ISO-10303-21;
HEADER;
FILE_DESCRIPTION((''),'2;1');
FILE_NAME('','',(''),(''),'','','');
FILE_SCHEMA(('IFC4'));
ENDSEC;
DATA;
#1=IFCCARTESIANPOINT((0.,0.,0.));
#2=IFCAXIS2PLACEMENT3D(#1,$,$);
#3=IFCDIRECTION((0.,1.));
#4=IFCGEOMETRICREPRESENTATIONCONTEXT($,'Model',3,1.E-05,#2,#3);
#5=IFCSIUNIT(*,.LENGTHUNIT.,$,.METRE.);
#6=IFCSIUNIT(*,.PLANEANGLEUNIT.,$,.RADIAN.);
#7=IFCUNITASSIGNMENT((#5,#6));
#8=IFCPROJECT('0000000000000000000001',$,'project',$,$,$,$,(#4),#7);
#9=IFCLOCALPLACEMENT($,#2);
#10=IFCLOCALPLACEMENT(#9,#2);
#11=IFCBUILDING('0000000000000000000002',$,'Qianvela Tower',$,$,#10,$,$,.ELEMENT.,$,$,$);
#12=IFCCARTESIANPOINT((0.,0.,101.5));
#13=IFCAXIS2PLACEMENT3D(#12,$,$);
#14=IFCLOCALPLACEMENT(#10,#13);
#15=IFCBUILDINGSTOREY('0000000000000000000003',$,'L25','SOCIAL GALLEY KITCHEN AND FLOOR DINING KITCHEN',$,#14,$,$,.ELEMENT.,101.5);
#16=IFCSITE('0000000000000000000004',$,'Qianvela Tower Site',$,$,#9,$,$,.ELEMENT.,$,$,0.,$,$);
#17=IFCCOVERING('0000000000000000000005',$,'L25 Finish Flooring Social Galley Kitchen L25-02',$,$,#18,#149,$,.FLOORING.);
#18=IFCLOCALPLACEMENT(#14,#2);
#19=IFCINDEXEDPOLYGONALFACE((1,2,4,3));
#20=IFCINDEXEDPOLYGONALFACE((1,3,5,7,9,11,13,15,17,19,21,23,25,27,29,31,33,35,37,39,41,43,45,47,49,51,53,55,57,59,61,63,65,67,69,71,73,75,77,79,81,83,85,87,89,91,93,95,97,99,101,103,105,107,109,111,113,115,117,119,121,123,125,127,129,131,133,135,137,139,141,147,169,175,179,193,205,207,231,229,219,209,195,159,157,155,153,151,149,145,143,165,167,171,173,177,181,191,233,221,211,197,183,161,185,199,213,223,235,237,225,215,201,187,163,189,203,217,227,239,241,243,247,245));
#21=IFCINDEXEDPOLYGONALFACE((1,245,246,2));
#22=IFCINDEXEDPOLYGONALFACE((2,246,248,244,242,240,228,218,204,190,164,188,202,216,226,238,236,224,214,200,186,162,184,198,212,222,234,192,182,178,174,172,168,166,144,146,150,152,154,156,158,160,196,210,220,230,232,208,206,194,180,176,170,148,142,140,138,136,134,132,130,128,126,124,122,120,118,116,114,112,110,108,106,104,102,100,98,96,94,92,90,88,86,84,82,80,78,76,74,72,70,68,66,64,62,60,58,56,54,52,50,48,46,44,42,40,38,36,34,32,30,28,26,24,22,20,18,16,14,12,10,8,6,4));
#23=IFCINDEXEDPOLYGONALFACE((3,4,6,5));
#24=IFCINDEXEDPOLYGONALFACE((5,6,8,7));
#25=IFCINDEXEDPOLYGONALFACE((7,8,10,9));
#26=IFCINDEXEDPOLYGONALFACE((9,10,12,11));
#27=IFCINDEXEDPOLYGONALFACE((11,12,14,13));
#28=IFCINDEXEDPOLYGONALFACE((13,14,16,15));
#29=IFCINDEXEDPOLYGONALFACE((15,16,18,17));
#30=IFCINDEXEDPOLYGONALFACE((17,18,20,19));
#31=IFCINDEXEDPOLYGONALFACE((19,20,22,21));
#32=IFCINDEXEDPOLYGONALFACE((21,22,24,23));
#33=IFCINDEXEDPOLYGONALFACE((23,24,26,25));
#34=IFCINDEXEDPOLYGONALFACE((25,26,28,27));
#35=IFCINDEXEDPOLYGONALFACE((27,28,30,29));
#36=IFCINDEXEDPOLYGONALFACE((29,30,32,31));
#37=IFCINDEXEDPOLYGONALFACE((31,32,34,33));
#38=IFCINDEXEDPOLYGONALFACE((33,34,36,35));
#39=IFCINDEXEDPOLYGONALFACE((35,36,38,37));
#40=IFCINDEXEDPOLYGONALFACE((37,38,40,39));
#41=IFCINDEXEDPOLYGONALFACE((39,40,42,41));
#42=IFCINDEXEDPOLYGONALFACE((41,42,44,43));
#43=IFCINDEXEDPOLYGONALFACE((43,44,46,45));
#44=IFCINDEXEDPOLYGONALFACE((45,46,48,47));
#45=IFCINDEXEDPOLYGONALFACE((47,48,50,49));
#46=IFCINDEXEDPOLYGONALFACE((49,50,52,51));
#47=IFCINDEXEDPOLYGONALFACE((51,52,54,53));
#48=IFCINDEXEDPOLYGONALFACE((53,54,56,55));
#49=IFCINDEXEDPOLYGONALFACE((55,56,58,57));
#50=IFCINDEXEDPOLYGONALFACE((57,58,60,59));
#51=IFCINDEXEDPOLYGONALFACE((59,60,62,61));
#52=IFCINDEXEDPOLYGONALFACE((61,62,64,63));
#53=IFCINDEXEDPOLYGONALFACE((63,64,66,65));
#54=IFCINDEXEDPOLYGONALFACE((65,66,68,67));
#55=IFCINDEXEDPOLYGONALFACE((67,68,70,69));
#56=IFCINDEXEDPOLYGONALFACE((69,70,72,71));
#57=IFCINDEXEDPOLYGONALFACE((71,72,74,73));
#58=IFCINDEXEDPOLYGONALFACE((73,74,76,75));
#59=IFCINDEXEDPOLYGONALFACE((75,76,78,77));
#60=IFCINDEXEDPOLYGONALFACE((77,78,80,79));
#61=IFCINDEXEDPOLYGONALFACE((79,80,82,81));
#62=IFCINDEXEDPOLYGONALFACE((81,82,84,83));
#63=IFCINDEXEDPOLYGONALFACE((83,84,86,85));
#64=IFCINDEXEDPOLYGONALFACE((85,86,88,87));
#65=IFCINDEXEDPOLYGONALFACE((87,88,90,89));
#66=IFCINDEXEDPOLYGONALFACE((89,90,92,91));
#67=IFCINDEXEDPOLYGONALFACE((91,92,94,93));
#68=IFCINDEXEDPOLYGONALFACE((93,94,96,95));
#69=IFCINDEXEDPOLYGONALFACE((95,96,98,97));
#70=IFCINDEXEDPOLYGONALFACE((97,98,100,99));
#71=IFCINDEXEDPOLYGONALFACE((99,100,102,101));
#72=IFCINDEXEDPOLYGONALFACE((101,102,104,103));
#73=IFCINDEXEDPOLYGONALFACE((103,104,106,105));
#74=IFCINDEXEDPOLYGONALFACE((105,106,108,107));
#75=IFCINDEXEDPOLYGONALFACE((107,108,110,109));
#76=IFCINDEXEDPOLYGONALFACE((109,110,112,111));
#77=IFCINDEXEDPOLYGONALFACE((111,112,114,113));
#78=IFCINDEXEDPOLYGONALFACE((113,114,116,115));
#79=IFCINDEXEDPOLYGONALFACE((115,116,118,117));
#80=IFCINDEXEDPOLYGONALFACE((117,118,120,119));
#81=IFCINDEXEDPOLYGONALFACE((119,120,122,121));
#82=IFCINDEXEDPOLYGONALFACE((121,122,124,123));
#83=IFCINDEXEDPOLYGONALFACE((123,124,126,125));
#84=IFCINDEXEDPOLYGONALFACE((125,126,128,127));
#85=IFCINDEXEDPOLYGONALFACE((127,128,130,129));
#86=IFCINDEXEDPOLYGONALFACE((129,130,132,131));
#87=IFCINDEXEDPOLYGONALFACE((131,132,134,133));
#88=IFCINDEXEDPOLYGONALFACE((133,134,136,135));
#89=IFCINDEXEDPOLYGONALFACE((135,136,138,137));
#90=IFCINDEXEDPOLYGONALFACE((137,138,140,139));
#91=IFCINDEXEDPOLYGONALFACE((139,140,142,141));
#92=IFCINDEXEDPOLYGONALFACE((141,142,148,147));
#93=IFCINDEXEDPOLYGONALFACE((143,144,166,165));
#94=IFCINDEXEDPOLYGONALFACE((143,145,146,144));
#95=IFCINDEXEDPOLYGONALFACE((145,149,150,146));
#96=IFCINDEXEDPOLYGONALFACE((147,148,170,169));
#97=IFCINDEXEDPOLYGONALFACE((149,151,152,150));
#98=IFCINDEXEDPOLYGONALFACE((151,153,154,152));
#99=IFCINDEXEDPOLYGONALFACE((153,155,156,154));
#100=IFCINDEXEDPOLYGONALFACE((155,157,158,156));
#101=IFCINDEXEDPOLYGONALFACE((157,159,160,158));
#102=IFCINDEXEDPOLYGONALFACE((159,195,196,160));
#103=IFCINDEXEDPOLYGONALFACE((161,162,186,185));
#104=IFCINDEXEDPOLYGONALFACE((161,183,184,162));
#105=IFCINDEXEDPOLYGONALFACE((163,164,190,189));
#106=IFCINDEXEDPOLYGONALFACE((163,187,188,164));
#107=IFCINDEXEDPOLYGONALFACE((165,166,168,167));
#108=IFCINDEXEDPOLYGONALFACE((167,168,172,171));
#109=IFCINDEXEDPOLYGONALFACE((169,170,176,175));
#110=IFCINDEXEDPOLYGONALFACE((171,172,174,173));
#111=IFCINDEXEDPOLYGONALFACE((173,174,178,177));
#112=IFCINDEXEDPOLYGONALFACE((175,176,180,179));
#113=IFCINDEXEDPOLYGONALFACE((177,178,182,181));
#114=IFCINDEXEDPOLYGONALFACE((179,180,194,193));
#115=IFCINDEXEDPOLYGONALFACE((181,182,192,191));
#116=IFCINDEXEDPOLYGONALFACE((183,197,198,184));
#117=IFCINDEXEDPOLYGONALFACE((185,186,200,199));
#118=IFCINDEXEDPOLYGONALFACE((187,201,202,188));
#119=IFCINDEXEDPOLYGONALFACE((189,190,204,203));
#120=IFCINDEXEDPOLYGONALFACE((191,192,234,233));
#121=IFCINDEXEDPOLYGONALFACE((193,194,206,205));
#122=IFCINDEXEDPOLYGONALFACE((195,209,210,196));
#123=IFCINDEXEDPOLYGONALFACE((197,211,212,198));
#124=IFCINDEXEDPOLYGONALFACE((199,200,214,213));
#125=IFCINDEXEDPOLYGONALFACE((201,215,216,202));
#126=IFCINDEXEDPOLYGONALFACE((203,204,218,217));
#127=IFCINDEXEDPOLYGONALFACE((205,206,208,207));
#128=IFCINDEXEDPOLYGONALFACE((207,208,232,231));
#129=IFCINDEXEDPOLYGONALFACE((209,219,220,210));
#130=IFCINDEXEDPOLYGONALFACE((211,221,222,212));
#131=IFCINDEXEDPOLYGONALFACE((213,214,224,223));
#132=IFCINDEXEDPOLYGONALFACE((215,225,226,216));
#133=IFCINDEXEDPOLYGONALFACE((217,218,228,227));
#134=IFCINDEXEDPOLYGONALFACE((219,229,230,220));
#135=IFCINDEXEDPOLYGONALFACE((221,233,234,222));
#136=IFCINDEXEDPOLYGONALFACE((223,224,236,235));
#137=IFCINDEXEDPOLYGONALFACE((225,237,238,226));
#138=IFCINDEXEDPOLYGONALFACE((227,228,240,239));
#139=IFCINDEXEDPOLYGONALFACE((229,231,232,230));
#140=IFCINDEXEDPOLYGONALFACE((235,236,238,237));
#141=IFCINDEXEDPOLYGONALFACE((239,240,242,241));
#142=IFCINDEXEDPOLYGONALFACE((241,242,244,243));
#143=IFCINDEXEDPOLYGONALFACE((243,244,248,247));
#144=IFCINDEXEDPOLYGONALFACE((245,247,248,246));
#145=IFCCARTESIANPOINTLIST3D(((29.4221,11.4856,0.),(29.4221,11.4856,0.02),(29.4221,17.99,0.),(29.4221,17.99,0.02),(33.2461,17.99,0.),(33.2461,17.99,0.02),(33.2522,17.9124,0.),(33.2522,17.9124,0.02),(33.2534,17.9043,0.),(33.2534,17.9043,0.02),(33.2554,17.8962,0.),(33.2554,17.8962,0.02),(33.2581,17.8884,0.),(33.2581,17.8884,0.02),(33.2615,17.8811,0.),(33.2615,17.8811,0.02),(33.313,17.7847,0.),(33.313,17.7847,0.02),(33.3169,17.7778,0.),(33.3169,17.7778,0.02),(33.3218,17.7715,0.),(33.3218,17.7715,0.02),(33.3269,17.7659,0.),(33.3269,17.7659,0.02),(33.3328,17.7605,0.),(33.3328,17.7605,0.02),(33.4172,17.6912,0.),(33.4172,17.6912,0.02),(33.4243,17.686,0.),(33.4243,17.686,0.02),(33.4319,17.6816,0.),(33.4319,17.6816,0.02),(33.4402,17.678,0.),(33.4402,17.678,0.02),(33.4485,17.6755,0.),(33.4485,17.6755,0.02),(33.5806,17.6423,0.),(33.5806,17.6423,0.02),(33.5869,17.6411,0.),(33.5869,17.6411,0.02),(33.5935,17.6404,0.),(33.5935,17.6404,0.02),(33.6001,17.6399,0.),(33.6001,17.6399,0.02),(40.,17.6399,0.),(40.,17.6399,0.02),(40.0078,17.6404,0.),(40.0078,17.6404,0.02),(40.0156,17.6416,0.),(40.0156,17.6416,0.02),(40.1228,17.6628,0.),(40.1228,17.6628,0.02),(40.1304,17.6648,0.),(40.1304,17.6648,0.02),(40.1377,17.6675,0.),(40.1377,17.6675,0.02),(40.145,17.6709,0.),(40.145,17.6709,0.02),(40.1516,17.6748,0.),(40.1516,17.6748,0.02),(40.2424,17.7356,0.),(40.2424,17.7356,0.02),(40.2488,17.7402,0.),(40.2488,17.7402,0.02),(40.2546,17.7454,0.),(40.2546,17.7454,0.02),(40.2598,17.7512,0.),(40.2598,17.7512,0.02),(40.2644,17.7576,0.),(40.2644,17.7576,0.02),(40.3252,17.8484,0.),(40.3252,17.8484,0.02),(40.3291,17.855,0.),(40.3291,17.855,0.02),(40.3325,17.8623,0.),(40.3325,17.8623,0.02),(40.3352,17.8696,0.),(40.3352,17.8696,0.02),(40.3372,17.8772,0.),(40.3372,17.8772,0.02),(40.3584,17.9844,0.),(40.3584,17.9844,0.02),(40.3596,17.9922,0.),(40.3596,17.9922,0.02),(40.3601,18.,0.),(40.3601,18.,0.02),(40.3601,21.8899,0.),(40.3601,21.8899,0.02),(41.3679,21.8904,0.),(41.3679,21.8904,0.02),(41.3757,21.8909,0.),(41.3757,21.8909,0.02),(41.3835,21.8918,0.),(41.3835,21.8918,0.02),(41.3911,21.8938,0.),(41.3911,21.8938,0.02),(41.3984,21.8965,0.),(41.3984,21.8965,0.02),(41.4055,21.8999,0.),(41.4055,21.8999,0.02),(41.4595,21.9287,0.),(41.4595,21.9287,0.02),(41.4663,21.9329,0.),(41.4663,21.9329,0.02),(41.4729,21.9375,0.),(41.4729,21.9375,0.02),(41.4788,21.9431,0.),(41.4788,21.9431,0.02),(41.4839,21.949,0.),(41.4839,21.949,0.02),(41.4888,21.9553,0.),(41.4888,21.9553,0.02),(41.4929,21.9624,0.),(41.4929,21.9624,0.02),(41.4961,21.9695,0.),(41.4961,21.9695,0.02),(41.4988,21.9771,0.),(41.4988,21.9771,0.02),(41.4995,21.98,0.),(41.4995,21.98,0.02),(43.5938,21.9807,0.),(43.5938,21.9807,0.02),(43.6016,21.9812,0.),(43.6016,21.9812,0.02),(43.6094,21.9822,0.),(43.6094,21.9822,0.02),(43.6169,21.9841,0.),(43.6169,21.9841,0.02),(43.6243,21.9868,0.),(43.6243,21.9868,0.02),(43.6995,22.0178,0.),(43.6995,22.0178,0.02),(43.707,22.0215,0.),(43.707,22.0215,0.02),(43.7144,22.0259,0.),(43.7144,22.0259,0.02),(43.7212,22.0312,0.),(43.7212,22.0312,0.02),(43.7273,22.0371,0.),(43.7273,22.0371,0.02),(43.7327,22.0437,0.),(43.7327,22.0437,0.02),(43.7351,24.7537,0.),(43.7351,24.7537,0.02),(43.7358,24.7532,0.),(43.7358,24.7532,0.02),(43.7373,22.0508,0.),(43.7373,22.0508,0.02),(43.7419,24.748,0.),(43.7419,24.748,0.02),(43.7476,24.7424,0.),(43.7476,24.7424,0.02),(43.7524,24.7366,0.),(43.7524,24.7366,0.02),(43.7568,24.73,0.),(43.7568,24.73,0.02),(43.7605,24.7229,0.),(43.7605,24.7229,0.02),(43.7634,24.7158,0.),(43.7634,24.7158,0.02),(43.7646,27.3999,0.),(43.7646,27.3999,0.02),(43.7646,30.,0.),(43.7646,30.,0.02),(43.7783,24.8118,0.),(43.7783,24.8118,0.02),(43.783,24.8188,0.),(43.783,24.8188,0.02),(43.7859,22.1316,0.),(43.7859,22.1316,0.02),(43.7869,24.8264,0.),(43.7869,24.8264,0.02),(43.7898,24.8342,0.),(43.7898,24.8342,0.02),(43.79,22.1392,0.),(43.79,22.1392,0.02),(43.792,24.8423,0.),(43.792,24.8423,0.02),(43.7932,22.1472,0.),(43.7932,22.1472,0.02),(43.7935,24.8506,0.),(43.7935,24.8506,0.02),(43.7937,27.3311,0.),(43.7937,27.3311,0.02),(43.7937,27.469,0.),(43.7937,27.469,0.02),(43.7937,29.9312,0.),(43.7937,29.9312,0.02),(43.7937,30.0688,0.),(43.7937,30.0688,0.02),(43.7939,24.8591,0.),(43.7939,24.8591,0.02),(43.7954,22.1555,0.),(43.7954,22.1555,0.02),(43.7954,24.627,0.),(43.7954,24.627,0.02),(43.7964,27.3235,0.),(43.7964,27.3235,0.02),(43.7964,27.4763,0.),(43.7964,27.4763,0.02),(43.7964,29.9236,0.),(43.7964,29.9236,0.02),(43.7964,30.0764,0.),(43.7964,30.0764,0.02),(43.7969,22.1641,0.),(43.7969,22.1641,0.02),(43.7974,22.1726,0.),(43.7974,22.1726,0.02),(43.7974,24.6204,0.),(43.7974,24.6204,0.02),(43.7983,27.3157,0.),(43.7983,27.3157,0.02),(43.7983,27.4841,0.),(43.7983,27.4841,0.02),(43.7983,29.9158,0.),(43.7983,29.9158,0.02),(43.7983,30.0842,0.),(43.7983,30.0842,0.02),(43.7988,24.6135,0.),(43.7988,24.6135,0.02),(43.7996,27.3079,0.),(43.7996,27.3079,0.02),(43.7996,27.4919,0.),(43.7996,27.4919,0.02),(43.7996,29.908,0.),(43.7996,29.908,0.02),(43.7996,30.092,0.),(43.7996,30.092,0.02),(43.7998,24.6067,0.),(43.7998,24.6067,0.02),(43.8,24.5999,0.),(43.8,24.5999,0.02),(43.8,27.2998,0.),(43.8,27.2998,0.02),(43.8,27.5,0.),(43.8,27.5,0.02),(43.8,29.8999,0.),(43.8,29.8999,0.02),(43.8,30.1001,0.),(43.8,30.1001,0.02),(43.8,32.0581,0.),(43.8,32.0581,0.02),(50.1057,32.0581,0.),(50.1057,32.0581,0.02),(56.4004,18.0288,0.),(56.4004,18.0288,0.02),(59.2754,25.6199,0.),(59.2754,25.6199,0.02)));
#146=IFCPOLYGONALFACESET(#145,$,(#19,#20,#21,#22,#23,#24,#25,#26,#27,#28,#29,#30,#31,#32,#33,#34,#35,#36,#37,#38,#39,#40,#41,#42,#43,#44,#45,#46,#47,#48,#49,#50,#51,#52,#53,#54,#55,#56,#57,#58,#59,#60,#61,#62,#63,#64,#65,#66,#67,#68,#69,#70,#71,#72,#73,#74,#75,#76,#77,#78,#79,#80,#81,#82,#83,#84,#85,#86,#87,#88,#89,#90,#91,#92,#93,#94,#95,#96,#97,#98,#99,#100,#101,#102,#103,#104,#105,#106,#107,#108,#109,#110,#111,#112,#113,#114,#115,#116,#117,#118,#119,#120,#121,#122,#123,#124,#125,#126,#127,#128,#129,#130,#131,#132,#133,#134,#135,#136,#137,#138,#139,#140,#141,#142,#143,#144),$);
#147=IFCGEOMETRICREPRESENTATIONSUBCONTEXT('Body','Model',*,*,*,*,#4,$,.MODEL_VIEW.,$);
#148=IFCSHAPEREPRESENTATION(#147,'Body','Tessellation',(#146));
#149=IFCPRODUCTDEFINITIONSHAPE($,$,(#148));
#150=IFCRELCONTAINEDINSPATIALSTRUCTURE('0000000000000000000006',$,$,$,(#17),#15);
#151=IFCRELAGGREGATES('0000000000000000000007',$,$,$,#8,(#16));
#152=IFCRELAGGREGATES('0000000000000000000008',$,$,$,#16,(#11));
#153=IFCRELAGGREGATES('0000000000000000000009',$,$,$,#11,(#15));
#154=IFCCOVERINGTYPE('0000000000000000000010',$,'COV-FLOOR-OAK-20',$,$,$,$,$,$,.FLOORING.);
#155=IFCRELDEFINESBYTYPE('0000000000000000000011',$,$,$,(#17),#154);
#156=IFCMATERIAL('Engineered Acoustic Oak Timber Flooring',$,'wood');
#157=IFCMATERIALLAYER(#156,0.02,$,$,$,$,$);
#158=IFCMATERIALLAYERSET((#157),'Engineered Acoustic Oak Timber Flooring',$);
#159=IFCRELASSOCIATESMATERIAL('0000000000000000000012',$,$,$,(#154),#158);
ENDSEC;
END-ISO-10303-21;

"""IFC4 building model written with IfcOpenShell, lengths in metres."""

from ifc_helpers import new_model, si_unit, direction, frame, origin, place, context, subcontext, project, spatial, polyline, outline, extrude, material, layer, layer_set, type_object, element, save


model = new_model("IFC4")

# Units and contexts
model_context = context("Model", 3, precision=1e-05, world=origin(), true_north=direction((0.0, 1.0)))
body_context = subcontext(model_context, "Body", "Model", "MODEL_VIEW")
ifc_project = project(units=[si_unit("LENGTHUNIT", "METRE"), si_unit("PLANEANGLEUNIT", "RADIAN")], contexts=[model_context])

# Site, building, storey
site_placement = place(None, origin())
site = spatial("IfcSite", under=ifc_project, at=site_placement, Name="Qianvela Tower Site", CompositionType="ELEMENT", RefElevation=0.0)
building_placement = place(site_placement, origin())
building = spatial("IfcBuilding", under=site, at=building_placement, Name="Qianvela Tower", CompositionType="ELEMENT")
storey_placement = place(building_placement, frame((0.0, 0.0, 101.5)))
storey = spatial("IfcBuildingStorey", under=building, at=storey_placement, Name="L25", Description="SOCIAL GALLEY KITCHEN AND FLOOR DINING KITCHEN", CompositionType="ELEMENT", Elevation=101.5)

# Covering
ifc_material_1 = material(Name="Engineered Acoustic Oak Timber Flooring", Category="wood")
ifc_layer_1 = layer(ifc_material_1, 0.02)
ifc_layer_set_1 = layer_set([ifc_layer_1], Name="Engineered Acoustic Oak Timber Flooring")
covering_type_1 = type_object("IfcCoveringType", Name="COV-FLOOR-OAK-20", PredefinedType="FLOORING", material=ifc_layer_set_1)
covering_1_placement = place(storey_placement, origin())
element("IfcCovering", 1, at=covering_1_placement, inside=storey, type_object=covering_type_1, Name="L25 Finish Flooring Social Galley Kitchen L25-02", PredefinedType="FLOORING", context=body_context, shape_type="SweptSolid", body=[
    extrude(outline(polyline([(33.2461, 17.99), (33.2522, 17.9124), (33.2534, 17.9043), (33.2554, 17.8962), (33.2581, 17.8884), (33.2615, 17.8811), (33.313, 17.7847), (33.3169, 17.7778), (33.3218, 17.7715), (33.3269, 17.7659), (33.3328, 17.7605), (33.4172, 17.6912), (33.4243, 17.686), (33.4319, 17.6816), (33.4402, 17.678), (33.4485, 17.6755), (33.5806, 17.6423), (33.5869, 17.6411), (33.5935, 17.6404), (33.6001, 17.6399), (40.0, 17.6399), (40.0078, 17.6404), (40.0156, 17.6416), (40.1228, 17.6628), (40.1304, 17.6648), (40.1377, 17.6675), (40.145, 17.6709), (40.1516, 17.6748), (40.2424, 17.7356), (40.2488, 17.7402), (40.2546, 17.7454), (40.2598, 17.7512), (40.2644, 17.7576), (40.3252, 17.8484), (40.3291, 17.855), (40.3325, 17.8623), (40.3352, 17.8696), (40.3372, 17.8772), (40.3584, 17.9844), (40.3596, 17.9922), (40.3601, 18.0), (40.3601, 21.8899), (41.3679, 21.8904), (41.3757, 21.8909), (41.3835, 21.8918), (41.3911, 21.8938), (41.3984, 21.8965), (41.4055, 21.8999), (41.4595, 21.9287), (41.4663, 21.9329), (41.4729, 21.9375), (41.4788, 21.9431), (41.4839, 21.949), (41.4888, 21.9553), (41.4929, 21.9624), (41.4961, 21.9695), (41.4988, 21.9771), (41.4995, 21.98), (43.5938, 21.9807), (43.6016, 21.9812), (43.6094, 21.9822), (43.6169, 21.9841), (43.6243, 21.9868), (43.6995, 22.0178), (43.707, 22.0215), (43.7144, 22.0259), (43.7212, 22.0312), (43.7273, 22.0371), (43.7327, 22.0437), (43.7373, 22.0508), (43.7859, 22.1316), (43.79, 22.1392), (43.7932, 22.1472), (43.7954, 22.1555), (43.7969, 22.1641), (43.7974, 22.1726), (43.8, 24.5999), (43.7998, 24.6067), (43.7988, 24.6135), (43.7974, 24.6204), (43.7954, 24.627), (43.7634, 24.7158), (43.7605, 24.7229), (43.7568, 24.73), (43.7524, 24.7366), (43.7476, 24.7424), (43.7419, 24.748), (43.7358, 24.7532), (43.7351, 24.7537), (43.7783, 24.8118), (43.783, 24.8188), (43.7869, 24.8264), (43.7898, 24.8342), (43.792, 24.8423), (43.7935, 24.8506), (43.7939, 24.8591), (43.8, 27.2998), (43.7996, 27.3079), (43.7983, 27.3157), (43.7964, 27.3235), (43.7937, 27.3311), (43.7646, 27.3999), (43.7937, 27.469), (43.7964, 27.4763), (43.7983, 27.4841), (43.7996, 27.4919), (43.8, 27.5), (43.8, 29.8999), (43.7996, 29.908), (43.7983, 29.9158), (43.7964, 29.9236), (43.7937, 29.9312), (43.7646, 30.0), (43.7937, 30.0688), (43.7964, 30.0764), (43.7983, 30.0842), (43.7996, 30.092), (43.8, 30.1001), (43.8, 32.0581), (50.1057, 32.0581), (59.2754, 25.6199), (56.4004, 18.0288), (29.4221, 11.4856), (29.4221, 17.99), (33.2461, 17.99)])), origin(), (0.0, 0.0, 1.0), 0.02),
])

save(model, "model.ifc")
